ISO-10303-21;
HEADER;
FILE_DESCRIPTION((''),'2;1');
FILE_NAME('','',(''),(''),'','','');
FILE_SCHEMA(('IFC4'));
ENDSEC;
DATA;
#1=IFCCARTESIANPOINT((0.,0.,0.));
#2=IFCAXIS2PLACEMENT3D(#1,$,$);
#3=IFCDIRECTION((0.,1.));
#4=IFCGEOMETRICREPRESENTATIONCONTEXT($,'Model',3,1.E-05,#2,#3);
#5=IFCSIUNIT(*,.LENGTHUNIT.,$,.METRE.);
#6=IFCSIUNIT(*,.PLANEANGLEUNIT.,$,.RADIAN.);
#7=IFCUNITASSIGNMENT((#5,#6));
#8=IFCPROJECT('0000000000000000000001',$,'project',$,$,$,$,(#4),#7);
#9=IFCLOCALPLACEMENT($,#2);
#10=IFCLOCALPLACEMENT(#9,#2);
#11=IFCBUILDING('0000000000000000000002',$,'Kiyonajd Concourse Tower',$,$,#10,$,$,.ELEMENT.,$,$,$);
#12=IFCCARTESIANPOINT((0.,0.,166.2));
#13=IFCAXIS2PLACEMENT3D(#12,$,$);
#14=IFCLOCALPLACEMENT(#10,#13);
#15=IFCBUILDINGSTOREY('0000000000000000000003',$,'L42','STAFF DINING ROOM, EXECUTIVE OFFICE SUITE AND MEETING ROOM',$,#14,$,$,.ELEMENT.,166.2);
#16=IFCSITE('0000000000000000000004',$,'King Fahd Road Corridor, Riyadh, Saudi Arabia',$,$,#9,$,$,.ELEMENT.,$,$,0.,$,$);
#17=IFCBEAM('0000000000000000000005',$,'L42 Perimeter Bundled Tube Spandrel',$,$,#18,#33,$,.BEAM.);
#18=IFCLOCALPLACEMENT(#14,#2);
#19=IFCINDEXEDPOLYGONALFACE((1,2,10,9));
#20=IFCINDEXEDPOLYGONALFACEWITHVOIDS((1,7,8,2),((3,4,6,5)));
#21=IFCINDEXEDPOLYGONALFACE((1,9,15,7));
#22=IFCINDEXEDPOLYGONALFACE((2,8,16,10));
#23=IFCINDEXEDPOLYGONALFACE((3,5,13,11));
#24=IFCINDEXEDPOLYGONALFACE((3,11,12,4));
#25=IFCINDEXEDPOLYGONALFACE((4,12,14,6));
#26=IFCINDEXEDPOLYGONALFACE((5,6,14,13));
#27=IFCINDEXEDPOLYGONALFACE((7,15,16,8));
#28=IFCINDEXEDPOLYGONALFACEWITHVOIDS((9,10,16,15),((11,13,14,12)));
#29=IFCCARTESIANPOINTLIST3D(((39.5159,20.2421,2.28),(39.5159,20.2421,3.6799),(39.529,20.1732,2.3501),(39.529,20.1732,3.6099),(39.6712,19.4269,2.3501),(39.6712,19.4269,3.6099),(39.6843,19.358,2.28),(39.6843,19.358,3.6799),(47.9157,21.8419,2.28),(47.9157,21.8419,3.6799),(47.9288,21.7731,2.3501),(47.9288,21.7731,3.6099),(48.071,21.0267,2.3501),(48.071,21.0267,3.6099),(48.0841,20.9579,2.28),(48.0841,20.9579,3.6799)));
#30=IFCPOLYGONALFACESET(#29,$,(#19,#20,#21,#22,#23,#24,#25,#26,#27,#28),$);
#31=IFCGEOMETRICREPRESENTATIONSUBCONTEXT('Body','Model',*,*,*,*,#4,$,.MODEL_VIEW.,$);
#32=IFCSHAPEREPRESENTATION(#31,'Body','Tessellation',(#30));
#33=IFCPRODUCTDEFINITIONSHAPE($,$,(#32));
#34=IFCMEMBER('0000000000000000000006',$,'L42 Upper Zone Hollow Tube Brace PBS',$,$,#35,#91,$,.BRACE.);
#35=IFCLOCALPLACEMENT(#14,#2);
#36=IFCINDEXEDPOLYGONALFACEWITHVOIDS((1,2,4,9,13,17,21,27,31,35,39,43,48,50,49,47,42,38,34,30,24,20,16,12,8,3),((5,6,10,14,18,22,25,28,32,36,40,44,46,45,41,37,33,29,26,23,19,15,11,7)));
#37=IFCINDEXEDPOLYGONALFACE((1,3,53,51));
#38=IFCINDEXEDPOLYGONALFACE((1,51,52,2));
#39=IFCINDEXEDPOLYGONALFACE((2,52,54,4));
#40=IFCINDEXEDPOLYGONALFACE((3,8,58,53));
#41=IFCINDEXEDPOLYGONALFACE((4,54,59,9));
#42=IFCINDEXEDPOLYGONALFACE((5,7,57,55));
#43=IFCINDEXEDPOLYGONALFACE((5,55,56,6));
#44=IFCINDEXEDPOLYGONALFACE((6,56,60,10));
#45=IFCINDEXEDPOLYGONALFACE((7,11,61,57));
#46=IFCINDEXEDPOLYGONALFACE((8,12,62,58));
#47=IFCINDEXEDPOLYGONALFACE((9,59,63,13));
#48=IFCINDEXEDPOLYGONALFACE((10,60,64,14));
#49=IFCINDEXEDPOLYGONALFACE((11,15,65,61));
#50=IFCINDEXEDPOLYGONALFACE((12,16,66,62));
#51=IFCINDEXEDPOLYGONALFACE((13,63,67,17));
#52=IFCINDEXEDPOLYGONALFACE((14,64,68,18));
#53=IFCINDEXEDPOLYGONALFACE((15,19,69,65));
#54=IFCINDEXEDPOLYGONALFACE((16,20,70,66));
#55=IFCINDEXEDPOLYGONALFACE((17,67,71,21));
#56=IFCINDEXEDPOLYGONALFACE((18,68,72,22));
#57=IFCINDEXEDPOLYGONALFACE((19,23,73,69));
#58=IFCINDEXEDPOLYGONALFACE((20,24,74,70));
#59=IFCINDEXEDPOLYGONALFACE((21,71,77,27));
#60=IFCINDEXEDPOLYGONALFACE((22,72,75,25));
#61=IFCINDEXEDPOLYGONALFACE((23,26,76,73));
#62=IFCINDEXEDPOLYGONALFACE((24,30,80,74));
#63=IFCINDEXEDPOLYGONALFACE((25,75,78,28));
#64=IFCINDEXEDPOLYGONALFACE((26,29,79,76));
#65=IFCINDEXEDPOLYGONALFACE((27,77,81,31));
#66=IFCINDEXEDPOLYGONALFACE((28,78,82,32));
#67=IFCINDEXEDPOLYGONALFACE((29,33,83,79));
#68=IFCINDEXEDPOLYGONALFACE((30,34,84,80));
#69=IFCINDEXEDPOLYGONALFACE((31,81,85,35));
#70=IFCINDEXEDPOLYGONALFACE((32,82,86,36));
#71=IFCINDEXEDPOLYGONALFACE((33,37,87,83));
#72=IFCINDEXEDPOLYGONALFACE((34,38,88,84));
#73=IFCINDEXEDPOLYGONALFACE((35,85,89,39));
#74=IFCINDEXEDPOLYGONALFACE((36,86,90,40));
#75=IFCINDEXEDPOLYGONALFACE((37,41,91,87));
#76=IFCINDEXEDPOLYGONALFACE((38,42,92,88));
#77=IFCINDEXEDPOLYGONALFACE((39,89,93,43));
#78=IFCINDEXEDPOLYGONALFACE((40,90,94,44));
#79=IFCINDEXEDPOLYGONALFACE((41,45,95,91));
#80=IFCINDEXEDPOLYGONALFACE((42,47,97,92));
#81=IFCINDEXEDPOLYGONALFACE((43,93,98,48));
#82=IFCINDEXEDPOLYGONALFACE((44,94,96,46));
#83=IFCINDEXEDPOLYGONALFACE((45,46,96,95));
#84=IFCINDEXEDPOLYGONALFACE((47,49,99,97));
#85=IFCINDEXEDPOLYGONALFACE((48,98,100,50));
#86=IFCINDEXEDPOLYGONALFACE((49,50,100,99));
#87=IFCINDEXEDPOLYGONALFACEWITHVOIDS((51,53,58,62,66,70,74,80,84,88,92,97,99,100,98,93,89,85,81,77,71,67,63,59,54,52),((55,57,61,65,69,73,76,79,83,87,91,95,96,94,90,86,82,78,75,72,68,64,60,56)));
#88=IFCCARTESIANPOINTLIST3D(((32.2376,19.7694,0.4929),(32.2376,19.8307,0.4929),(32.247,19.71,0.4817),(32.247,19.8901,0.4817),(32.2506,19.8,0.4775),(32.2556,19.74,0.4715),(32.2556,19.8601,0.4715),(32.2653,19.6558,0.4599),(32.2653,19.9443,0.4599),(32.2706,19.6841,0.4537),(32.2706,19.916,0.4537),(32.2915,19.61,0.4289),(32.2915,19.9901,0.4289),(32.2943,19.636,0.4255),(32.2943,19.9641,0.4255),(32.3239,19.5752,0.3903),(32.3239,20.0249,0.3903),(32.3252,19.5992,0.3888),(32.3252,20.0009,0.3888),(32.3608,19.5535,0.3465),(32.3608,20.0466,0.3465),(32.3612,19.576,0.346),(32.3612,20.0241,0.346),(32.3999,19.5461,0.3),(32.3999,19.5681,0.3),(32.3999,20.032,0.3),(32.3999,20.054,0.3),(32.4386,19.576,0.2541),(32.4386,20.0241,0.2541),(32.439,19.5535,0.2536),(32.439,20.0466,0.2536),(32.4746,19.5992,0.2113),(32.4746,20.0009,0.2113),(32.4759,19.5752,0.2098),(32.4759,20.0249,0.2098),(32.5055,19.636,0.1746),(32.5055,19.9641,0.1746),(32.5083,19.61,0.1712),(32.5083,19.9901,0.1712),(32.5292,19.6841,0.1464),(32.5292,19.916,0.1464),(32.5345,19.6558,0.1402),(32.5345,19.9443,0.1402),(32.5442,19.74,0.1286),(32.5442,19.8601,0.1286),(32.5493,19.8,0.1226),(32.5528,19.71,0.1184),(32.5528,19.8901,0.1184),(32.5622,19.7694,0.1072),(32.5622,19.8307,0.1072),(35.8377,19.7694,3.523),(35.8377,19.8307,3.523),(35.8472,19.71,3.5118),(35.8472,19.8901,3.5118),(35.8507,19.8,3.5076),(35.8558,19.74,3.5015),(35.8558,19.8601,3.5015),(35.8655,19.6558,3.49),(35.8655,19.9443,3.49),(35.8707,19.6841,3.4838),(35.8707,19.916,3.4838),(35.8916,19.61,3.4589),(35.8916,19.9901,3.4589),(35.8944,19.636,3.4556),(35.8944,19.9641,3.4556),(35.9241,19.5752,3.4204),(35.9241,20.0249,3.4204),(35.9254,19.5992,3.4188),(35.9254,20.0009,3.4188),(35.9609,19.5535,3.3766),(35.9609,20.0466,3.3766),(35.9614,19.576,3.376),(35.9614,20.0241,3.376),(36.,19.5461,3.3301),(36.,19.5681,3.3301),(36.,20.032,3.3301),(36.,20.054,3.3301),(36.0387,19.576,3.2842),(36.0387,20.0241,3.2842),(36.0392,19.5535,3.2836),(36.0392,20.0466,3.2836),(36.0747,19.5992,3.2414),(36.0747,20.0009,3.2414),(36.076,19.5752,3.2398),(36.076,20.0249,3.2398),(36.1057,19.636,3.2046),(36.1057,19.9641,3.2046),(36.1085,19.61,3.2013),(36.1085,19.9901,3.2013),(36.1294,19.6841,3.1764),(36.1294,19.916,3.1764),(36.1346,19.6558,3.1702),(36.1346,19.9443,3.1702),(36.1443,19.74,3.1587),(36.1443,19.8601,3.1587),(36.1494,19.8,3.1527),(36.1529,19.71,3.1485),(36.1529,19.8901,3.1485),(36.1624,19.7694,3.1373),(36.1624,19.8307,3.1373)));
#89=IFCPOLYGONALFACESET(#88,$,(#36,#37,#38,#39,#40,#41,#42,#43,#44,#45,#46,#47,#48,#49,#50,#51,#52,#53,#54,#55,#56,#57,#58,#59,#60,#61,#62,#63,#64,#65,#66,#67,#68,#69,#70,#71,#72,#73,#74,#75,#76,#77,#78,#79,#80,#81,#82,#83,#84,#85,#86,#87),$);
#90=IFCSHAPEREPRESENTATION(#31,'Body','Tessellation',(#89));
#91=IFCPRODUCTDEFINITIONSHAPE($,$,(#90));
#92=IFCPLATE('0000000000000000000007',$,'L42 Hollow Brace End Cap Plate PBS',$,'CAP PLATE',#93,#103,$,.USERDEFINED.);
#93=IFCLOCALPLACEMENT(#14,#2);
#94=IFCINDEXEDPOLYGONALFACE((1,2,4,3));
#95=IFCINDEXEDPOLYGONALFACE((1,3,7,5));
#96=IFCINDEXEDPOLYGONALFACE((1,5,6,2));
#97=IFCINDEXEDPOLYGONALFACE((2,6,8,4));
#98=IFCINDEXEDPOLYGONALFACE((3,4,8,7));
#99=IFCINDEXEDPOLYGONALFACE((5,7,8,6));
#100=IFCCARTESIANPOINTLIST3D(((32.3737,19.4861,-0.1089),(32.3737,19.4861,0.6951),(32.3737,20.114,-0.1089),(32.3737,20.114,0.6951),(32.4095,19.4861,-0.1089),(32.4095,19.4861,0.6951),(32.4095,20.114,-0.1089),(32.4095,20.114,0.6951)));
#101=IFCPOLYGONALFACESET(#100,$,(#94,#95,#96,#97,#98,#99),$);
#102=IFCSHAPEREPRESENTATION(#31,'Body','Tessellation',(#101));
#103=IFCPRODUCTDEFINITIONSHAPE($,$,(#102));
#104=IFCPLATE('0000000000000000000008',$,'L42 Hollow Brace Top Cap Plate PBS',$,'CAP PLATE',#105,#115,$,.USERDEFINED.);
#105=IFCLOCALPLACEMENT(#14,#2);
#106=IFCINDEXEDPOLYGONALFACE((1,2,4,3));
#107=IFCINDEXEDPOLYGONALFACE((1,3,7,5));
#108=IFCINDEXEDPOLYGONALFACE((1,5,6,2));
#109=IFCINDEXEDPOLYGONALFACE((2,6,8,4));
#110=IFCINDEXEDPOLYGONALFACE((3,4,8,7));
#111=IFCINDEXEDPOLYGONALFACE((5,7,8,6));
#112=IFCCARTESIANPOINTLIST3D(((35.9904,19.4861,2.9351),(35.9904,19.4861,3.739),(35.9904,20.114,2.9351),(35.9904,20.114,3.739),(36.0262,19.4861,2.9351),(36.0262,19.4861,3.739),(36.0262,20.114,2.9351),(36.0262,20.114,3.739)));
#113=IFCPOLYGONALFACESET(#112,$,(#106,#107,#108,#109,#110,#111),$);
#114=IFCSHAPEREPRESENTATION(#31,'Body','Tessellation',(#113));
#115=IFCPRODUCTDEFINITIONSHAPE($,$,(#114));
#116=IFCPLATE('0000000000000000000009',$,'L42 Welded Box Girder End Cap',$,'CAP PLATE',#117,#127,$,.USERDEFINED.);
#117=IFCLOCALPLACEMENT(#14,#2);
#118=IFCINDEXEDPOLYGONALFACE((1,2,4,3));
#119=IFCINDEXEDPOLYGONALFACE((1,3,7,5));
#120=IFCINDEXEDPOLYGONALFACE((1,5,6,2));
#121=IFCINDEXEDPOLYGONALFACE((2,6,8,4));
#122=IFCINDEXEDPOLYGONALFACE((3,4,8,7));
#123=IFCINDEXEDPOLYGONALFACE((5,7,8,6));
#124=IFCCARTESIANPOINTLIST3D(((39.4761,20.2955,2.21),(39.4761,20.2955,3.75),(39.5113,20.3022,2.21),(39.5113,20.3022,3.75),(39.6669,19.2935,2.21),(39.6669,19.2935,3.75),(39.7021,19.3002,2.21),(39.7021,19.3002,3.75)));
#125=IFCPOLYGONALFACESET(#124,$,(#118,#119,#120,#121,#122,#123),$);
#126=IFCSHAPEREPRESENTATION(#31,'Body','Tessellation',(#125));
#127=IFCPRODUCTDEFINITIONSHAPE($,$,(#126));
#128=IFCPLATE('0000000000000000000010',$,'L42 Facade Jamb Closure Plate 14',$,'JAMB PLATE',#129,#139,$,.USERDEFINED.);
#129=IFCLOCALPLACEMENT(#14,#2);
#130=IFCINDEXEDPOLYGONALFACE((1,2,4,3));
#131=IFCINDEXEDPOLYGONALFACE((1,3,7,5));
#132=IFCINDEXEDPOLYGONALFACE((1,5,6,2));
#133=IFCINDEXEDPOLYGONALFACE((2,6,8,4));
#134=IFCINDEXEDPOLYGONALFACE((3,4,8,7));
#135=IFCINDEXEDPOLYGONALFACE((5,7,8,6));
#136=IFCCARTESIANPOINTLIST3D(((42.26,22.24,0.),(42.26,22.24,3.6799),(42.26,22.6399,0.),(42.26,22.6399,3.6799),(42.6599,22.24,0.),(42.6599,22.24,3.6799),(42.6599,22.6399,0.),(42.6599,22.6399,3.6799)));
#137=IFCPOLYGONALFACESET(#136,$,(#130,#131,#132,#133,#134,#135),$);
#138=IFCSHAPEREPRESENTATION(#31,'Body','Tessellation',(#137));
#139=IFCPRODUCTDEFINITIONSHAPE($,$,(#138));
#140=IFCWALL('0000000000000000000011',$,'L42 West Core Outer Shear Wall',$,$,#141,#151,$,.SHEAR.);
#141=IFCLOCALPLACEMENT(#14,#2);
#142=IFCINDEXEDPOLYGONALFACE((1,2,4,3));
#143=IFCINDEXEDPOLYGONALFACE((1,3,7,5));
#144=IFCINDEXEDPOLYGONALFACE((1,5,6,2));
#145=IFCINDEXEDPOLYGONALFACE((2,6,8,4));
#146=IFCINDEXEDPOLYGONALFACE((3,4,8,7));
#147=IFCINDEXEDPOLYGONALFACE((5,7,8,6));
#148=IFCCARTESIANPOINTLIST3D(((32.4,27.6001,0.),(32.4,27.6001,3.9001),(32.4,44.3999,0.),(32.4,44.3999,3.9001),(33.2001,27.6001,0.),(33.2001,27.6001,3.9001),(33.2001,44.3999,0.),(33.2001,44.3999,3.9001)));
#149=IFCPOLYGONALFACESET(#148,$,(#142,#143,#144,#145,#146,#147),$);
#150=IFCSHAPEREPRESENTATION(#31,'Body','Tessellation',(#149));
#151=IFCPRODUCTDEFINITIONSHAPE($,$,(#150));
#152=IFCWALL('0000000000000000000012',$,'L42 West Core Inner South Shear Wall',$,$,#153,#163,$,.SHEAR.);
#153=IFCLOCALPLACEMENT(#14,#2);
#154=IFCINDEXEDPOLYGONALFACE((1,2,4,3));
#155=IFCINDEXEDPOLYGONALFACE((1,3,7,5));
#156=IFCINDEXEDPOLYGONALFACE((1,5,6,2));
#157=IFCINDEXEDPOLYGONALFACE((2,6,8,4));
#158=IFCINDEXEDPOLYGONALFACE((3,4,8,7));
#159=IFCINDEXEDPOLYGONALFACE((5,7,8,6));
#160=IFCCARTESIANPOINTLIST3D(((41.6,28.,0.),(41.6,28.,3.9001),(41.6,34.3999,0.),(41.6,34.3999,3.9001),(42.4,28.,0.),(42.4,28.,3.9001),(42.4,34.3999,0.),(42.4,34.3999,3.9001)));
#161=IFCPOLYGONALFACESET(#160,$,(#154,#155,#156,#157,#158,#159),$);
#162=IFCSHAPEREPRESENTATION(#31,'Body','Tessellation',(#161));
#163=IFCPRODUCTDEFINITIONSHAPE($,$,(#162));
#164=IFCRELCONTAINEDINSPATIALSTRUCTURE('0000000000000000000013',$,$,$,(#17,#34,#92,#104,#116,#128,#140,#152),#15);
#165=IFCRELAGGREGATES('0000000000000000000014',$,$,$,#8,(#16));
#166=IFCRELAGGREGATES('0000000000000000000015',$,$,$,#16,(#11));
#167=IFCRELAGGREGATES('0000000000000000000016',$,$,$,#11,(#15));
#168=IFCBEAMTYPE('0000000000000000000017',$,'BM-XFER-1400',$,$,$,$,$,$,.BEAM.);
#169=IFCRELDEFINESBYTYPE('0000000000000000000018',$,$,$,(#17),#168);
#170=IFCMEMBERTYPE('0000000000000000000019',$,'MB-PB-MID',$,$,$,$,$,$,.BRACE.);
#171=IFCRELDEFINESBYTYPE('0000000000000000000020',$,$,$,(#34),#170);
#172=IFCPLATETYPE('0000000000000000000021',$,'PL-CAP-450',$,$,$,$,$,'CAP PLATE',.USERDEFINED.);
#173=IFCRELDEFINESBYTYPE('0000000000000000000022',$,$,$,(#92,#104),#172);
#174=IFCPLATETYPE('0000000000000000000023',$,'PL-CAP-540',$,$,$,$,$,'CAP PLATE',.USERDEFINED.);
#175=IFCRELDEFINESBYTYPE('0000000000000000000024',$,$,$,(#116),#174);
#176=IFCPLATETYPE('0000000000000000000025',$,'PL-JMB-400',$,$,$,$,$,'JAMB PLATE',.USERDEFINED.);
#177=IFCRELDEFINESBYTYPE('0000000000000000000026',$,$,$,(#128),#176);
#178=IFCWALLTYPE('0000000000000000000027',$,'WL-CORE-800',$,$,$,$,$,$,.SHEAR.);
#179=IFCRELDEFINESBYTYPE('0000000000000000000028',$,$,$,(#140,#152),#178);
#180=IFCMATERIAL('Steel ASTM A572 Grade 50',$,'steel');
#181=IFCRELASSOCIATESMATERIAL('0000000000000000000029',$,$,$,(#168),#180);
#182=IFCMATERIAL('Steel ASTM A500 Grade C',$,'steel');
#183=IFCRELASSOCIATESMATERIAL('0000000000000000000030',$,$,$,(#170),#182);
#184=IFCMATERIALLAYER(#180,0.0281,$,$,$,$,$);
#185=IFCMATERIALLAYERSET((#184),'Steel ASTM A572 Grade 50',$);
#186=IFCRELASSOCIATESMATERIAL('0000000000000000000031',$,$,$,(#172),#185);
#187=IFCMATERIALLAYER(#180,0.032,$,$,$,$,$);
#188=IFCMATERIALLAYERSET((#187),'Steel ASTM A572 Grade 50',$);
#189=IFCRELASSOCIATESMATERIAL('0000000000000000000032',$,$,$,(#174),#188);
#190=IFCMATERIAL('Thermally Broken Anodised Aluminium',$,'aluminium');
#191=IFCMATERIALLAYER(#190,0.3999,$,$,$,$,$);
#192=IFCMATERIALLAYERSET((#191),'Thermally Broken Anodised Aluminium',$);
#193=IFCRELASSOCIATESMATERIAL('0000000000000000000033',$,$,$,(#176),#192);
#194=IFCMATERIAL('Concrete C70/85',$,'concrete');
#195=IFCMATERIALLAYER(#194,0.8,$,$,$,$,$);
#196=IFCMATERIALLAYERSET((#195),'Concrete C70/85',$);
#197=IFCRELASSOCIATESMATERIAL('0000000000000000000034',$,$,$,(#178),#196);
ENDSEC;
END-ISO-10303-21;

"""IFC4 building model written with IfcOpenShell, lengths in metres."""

from ifc_helpers import new_model, si_unit, direction, frame, frame_2d, origin, origin_2d, place, context, subcontext, project, spatial, rectangle, hollow_rectangle, hollow_circle, extrude, material, layer, layer_set, material_profile, profile_set, type_object, element, save


model = new_model("IFC4")

# Units and contexts
model_context = context("Model", 3, precision=1e-05, world=origin(), true_north=direction((0.0, 1.0)))
body_context = subcontext(model_context, "Body", "Model", "MODEL_VIEW")
ifc_project = project(units=[si_unit("LENGTHUNIT", "METRE"), si_unit("PLANEANGLEUNIT", "RADIAN")], contexts=[model_context])

# Site, building, storey
site_placement = place(None, origin())
site = spatial("IfcSite", under=ifc_project, at=site_placement, Name="King Fahd Road Corridor, Riyadh, Saudi Arabia", CompositionType="ELEMENT", RefElevation=0.0)
building_placement = place(site_placement, origin())
building = spatial("IfcBuilding", under=site, at=building_placement, Name="Kiyonajd Concourse Tower", CompositionType="ELEMENT")
storey_placement = place(building_placement, frame((0.0, 0.0, 166.2)))
storey = spatial("IfcBuildingStorey", under=building, at=storey_placement, Name="L42", Description="STAFF DINING ROOM, EXECUTIVE OFFICE SUITE AND MEETING ROOM", CompositionType="ELEMENT", Elevation=166.2)

# Shared definitions
ifc_material_1 = material(Name="Concrete C70/85", Category="concrete")

# Beam
ifc_material_2 = material(Name="Steel ASTM A572 Grade 50", Category="steel")
ifc_material_profile_1 = material_profile(ifc_material_2, hollow_rectangle(XDim=0.8999, YDim=1.3999, WallThickness=0.0701, at=origin_2d()), Name="BOX-1400x900x70")
ifc_profile_set_1 = profile_set([ifc_material_profile_1], Name="Steel ASTM A572 Grade 50")
beam_type_1 = type_object("IfcBeamType", Name="BM-XFER-1400", PredefinedType="BEAM", material=ifc_profile_set_1)
beam_1_placement = place(storey_placement, frame((39.6001, 19.8, 2.98), z_axis=(0.982341, 0.187098, 0.0), x_axis=(-0.187098, 0.982341, 0.0)))
element("IfcBeam", 1, at=beam_1_placement, inside=storey, type_object=beam_type_1, Name="L42 Perimeter Bundled Tube Spandrel", PredefinedType="BEAM", context=body_context, shape_type="SweptSolid", body=[
    extrude(hollow_rectangle(XDim=0.8999, YDim=1.3999, WallThickness=0.0701, at=origin_2d()), origin(), (0.0, 0.0, 1.0), 8.5508),
])

# Member
ifc_material_3 = material(Name="Steel ASTM A500 Grade C", Category="steel")
ifc_material_profile_2 = material_profile(ifc_material_3, hollow_circle(Radius=0.2539, WallThickness=0.022, at=origin_2d()), Name="CHS-508x22")
ifc_profile_set_2 = profile_set([ifc_material_profile_2], Name="Steel ASTM A500 Grade C")
member_type = type_object("IfcMemberType", Name="MB-PB-MID", PredefinedType="BRACE", material=ifc_profile_set_2)
member_placement = place(storey_placement, frame((32.3999, 19.8, 0.3), z_axis=(0.765082, 0.0, 0.643933), x_axis=(0.0, 1.0, 0.0)))
element("IfcMember", 2, at=member_placement, inside=storey, type_object=member_type, Name="L42 Upper Zone Hollow Tube Brace PBS", PredefinedType="BRACE", context=body_context, shape_type="SweptSolid", body=[
    extrude(hollow_circle(Radius=0.2539, WallThickness=0.022, at=origin_2d()), origin(), (0.0, 0.0, 1.0), 4.7056),
])

# Plates
ifc_layer_1 = layer(ifc_material_2, 0.0281)
ifc_layer_set_1 = layer_set([ifc_layer_1], Name="Steel ASTM A572 Grade 50")
plate_type_1 = type_object("IfcPlateType", Name="PL-CAP-450", ElementType="CAP PLATE", PredefinedType="USERDEFINED", material=ifc_layer_set_1)
for number, where, z_axis, x_axis, name in (
    (3, (32.3916, 19.8, -0.1089), (0.0, 0.0, 1.0), (-1.0, 0.0, 0.0), "L42 Hollow Brace End Cap Plate PBS"),
    (4, (36.0083, 19.8, 2.9351), (0.0, 0.0, 1.0), (1.0, 0.0, 0.0), "L42 Hollow Brace Top Cap Plate PBS"),
):
    element("IfcPlate", number, at=place(storey_placement, frame(where, z_axis=z_axis, x_axis=x_axis)), inside=storey, type_object=plate_type_1, Name=name, ObjectType="CAP PLATE", PredefinedType="USERDEFINED", context=body_context, shape_type="SweptSolid", body=[
        extrude(rectangle(XDim=0.0359, YDim=0.6279, at=origin_2d()), origin(), (0.0, 0.0, 1.0), 0.804),
    ])
ifc_layer_2 = layer(ifc_material_2, 0.032)
ifc_layer_set_2 = layer_set([ifc_layer_2], Name="Steel ASTM A572 Grade 50")
plate_type_2 = type_object("IfcPlateType", Name="PL-CAP-540", ElementType="CAP PLATE", PredefinedType="USERDEFINED", material=ifc_layer_set_2)
plate_1_placement = place(storey_placement, frame((39.5891, 19.7979, 2.21), z_axis=(0.0, 0.0, 1.0), x_axis=(-0.982353, -0.187038, 0.0)))
element("IfcPlate", 5, at=plate_1_placement, inside=storey, type_object=plate_type_2, Name="L42 Welded Box Girder End Cap", ObjectType="CAP PLATE", PredefinedType="USERDEFINED", context=body_context, shape_type="SweptSolid", body=[
    extrude(rectangle(XDim=0.0359, YDim=1.02, at=origin_2d()), origin(), (0.0, 0.0, 1.0), 1.54),
])
ifc_material_4 = material(Name="Thermally Broken Anodised Aluminium", Category="aluminium")
ifc_layer_3 = layer(ifc_material_4, 0.3999)
ifc_layer_set_3 = layer_set([ifc_layer_3], Name="Thermally Broken Anodised Aluminium")
plate_type_3 = type_object("IfcPlateType", Name="PL-JMB-400", ElementType="JAMB PLATE", PredefinedType="USERDEFINED", material=ifc_layer_set_3)
plate_2_placement = place(storey_placement, frame((42.46, 22.4399, 0.0), z_axis=(0.0, 0.0, 1.0), x_axis=(1.0, 0.0, 0.0)))
element("IfcPlate", 6, at=plate_2_placement, inside=storey, type_object=plate_type_3, Name="L42 Facade Jamb Closure Plate 14", ObjectType="JAMB PLATE", PredefinedType="USERDEFINED", context=body_context, shape_type="SweptSolid", body=[
    extrude(rectangle(XDim=0.3999, YDim=0.3999, at=origin_2d()), origin(), (0.0, 0.0, 1.0), 3.6799),
])

# Walls
ifc_layer_4 = layer(ifc_material_1, 0.8)
ifc_layer_set_4 = layer_set([ifc_layer_4], Name="Concrete C70/85")
wall_type_1 = type_object("IfcWallType", Name="WL-CORE-800", PredefinedType="SHEAR", material=ifc_layer_set_4)
wall_1_placement = place(storey_placement, frame((32.8, 27.6001, 0.0), z_axis=(0.0, 0.0, 1.0), x_axis=(0.0, 1.0, 0.0)))
element("IfcWall", 7, at=wall_1_placement, inside=storey, type_object=wall_type_1, Name="L42 West Core Outer Shear Wall", PredefinedType="SHEAR", context=body_context, shape_type="SweptSolid", body=[
    extrude(rectangle(XDim=16.7998, YDim=0.8, at=frame_2d((8.3999, 0.0))), origin(), (0.0, 0.0, 1.0), 3.9001),
])
wall_2_placement = place(storey_placement, frame((42.0, 28.0, 0.0), z_axis=(0.0, 0.0, 1.0), x_axis=(0.0, 1.0, 0.0)))
element("IfcWall", 8, at=wall_2_placement, inside=storey, type_object=wall_type_1, Name="L42 West Core Inner South Shear Wall", PredefinedType="SHEAR", context=body_context, shape_type="SweptSolid", body=[
    extrude(rectangle(XDim=6.3999, YDim=0.8, at=frame_2d((3.2, 0.0))), origin(), (0.0, 0.0, 1.0), 3.9001),
])

save(model, "model.ifc")
